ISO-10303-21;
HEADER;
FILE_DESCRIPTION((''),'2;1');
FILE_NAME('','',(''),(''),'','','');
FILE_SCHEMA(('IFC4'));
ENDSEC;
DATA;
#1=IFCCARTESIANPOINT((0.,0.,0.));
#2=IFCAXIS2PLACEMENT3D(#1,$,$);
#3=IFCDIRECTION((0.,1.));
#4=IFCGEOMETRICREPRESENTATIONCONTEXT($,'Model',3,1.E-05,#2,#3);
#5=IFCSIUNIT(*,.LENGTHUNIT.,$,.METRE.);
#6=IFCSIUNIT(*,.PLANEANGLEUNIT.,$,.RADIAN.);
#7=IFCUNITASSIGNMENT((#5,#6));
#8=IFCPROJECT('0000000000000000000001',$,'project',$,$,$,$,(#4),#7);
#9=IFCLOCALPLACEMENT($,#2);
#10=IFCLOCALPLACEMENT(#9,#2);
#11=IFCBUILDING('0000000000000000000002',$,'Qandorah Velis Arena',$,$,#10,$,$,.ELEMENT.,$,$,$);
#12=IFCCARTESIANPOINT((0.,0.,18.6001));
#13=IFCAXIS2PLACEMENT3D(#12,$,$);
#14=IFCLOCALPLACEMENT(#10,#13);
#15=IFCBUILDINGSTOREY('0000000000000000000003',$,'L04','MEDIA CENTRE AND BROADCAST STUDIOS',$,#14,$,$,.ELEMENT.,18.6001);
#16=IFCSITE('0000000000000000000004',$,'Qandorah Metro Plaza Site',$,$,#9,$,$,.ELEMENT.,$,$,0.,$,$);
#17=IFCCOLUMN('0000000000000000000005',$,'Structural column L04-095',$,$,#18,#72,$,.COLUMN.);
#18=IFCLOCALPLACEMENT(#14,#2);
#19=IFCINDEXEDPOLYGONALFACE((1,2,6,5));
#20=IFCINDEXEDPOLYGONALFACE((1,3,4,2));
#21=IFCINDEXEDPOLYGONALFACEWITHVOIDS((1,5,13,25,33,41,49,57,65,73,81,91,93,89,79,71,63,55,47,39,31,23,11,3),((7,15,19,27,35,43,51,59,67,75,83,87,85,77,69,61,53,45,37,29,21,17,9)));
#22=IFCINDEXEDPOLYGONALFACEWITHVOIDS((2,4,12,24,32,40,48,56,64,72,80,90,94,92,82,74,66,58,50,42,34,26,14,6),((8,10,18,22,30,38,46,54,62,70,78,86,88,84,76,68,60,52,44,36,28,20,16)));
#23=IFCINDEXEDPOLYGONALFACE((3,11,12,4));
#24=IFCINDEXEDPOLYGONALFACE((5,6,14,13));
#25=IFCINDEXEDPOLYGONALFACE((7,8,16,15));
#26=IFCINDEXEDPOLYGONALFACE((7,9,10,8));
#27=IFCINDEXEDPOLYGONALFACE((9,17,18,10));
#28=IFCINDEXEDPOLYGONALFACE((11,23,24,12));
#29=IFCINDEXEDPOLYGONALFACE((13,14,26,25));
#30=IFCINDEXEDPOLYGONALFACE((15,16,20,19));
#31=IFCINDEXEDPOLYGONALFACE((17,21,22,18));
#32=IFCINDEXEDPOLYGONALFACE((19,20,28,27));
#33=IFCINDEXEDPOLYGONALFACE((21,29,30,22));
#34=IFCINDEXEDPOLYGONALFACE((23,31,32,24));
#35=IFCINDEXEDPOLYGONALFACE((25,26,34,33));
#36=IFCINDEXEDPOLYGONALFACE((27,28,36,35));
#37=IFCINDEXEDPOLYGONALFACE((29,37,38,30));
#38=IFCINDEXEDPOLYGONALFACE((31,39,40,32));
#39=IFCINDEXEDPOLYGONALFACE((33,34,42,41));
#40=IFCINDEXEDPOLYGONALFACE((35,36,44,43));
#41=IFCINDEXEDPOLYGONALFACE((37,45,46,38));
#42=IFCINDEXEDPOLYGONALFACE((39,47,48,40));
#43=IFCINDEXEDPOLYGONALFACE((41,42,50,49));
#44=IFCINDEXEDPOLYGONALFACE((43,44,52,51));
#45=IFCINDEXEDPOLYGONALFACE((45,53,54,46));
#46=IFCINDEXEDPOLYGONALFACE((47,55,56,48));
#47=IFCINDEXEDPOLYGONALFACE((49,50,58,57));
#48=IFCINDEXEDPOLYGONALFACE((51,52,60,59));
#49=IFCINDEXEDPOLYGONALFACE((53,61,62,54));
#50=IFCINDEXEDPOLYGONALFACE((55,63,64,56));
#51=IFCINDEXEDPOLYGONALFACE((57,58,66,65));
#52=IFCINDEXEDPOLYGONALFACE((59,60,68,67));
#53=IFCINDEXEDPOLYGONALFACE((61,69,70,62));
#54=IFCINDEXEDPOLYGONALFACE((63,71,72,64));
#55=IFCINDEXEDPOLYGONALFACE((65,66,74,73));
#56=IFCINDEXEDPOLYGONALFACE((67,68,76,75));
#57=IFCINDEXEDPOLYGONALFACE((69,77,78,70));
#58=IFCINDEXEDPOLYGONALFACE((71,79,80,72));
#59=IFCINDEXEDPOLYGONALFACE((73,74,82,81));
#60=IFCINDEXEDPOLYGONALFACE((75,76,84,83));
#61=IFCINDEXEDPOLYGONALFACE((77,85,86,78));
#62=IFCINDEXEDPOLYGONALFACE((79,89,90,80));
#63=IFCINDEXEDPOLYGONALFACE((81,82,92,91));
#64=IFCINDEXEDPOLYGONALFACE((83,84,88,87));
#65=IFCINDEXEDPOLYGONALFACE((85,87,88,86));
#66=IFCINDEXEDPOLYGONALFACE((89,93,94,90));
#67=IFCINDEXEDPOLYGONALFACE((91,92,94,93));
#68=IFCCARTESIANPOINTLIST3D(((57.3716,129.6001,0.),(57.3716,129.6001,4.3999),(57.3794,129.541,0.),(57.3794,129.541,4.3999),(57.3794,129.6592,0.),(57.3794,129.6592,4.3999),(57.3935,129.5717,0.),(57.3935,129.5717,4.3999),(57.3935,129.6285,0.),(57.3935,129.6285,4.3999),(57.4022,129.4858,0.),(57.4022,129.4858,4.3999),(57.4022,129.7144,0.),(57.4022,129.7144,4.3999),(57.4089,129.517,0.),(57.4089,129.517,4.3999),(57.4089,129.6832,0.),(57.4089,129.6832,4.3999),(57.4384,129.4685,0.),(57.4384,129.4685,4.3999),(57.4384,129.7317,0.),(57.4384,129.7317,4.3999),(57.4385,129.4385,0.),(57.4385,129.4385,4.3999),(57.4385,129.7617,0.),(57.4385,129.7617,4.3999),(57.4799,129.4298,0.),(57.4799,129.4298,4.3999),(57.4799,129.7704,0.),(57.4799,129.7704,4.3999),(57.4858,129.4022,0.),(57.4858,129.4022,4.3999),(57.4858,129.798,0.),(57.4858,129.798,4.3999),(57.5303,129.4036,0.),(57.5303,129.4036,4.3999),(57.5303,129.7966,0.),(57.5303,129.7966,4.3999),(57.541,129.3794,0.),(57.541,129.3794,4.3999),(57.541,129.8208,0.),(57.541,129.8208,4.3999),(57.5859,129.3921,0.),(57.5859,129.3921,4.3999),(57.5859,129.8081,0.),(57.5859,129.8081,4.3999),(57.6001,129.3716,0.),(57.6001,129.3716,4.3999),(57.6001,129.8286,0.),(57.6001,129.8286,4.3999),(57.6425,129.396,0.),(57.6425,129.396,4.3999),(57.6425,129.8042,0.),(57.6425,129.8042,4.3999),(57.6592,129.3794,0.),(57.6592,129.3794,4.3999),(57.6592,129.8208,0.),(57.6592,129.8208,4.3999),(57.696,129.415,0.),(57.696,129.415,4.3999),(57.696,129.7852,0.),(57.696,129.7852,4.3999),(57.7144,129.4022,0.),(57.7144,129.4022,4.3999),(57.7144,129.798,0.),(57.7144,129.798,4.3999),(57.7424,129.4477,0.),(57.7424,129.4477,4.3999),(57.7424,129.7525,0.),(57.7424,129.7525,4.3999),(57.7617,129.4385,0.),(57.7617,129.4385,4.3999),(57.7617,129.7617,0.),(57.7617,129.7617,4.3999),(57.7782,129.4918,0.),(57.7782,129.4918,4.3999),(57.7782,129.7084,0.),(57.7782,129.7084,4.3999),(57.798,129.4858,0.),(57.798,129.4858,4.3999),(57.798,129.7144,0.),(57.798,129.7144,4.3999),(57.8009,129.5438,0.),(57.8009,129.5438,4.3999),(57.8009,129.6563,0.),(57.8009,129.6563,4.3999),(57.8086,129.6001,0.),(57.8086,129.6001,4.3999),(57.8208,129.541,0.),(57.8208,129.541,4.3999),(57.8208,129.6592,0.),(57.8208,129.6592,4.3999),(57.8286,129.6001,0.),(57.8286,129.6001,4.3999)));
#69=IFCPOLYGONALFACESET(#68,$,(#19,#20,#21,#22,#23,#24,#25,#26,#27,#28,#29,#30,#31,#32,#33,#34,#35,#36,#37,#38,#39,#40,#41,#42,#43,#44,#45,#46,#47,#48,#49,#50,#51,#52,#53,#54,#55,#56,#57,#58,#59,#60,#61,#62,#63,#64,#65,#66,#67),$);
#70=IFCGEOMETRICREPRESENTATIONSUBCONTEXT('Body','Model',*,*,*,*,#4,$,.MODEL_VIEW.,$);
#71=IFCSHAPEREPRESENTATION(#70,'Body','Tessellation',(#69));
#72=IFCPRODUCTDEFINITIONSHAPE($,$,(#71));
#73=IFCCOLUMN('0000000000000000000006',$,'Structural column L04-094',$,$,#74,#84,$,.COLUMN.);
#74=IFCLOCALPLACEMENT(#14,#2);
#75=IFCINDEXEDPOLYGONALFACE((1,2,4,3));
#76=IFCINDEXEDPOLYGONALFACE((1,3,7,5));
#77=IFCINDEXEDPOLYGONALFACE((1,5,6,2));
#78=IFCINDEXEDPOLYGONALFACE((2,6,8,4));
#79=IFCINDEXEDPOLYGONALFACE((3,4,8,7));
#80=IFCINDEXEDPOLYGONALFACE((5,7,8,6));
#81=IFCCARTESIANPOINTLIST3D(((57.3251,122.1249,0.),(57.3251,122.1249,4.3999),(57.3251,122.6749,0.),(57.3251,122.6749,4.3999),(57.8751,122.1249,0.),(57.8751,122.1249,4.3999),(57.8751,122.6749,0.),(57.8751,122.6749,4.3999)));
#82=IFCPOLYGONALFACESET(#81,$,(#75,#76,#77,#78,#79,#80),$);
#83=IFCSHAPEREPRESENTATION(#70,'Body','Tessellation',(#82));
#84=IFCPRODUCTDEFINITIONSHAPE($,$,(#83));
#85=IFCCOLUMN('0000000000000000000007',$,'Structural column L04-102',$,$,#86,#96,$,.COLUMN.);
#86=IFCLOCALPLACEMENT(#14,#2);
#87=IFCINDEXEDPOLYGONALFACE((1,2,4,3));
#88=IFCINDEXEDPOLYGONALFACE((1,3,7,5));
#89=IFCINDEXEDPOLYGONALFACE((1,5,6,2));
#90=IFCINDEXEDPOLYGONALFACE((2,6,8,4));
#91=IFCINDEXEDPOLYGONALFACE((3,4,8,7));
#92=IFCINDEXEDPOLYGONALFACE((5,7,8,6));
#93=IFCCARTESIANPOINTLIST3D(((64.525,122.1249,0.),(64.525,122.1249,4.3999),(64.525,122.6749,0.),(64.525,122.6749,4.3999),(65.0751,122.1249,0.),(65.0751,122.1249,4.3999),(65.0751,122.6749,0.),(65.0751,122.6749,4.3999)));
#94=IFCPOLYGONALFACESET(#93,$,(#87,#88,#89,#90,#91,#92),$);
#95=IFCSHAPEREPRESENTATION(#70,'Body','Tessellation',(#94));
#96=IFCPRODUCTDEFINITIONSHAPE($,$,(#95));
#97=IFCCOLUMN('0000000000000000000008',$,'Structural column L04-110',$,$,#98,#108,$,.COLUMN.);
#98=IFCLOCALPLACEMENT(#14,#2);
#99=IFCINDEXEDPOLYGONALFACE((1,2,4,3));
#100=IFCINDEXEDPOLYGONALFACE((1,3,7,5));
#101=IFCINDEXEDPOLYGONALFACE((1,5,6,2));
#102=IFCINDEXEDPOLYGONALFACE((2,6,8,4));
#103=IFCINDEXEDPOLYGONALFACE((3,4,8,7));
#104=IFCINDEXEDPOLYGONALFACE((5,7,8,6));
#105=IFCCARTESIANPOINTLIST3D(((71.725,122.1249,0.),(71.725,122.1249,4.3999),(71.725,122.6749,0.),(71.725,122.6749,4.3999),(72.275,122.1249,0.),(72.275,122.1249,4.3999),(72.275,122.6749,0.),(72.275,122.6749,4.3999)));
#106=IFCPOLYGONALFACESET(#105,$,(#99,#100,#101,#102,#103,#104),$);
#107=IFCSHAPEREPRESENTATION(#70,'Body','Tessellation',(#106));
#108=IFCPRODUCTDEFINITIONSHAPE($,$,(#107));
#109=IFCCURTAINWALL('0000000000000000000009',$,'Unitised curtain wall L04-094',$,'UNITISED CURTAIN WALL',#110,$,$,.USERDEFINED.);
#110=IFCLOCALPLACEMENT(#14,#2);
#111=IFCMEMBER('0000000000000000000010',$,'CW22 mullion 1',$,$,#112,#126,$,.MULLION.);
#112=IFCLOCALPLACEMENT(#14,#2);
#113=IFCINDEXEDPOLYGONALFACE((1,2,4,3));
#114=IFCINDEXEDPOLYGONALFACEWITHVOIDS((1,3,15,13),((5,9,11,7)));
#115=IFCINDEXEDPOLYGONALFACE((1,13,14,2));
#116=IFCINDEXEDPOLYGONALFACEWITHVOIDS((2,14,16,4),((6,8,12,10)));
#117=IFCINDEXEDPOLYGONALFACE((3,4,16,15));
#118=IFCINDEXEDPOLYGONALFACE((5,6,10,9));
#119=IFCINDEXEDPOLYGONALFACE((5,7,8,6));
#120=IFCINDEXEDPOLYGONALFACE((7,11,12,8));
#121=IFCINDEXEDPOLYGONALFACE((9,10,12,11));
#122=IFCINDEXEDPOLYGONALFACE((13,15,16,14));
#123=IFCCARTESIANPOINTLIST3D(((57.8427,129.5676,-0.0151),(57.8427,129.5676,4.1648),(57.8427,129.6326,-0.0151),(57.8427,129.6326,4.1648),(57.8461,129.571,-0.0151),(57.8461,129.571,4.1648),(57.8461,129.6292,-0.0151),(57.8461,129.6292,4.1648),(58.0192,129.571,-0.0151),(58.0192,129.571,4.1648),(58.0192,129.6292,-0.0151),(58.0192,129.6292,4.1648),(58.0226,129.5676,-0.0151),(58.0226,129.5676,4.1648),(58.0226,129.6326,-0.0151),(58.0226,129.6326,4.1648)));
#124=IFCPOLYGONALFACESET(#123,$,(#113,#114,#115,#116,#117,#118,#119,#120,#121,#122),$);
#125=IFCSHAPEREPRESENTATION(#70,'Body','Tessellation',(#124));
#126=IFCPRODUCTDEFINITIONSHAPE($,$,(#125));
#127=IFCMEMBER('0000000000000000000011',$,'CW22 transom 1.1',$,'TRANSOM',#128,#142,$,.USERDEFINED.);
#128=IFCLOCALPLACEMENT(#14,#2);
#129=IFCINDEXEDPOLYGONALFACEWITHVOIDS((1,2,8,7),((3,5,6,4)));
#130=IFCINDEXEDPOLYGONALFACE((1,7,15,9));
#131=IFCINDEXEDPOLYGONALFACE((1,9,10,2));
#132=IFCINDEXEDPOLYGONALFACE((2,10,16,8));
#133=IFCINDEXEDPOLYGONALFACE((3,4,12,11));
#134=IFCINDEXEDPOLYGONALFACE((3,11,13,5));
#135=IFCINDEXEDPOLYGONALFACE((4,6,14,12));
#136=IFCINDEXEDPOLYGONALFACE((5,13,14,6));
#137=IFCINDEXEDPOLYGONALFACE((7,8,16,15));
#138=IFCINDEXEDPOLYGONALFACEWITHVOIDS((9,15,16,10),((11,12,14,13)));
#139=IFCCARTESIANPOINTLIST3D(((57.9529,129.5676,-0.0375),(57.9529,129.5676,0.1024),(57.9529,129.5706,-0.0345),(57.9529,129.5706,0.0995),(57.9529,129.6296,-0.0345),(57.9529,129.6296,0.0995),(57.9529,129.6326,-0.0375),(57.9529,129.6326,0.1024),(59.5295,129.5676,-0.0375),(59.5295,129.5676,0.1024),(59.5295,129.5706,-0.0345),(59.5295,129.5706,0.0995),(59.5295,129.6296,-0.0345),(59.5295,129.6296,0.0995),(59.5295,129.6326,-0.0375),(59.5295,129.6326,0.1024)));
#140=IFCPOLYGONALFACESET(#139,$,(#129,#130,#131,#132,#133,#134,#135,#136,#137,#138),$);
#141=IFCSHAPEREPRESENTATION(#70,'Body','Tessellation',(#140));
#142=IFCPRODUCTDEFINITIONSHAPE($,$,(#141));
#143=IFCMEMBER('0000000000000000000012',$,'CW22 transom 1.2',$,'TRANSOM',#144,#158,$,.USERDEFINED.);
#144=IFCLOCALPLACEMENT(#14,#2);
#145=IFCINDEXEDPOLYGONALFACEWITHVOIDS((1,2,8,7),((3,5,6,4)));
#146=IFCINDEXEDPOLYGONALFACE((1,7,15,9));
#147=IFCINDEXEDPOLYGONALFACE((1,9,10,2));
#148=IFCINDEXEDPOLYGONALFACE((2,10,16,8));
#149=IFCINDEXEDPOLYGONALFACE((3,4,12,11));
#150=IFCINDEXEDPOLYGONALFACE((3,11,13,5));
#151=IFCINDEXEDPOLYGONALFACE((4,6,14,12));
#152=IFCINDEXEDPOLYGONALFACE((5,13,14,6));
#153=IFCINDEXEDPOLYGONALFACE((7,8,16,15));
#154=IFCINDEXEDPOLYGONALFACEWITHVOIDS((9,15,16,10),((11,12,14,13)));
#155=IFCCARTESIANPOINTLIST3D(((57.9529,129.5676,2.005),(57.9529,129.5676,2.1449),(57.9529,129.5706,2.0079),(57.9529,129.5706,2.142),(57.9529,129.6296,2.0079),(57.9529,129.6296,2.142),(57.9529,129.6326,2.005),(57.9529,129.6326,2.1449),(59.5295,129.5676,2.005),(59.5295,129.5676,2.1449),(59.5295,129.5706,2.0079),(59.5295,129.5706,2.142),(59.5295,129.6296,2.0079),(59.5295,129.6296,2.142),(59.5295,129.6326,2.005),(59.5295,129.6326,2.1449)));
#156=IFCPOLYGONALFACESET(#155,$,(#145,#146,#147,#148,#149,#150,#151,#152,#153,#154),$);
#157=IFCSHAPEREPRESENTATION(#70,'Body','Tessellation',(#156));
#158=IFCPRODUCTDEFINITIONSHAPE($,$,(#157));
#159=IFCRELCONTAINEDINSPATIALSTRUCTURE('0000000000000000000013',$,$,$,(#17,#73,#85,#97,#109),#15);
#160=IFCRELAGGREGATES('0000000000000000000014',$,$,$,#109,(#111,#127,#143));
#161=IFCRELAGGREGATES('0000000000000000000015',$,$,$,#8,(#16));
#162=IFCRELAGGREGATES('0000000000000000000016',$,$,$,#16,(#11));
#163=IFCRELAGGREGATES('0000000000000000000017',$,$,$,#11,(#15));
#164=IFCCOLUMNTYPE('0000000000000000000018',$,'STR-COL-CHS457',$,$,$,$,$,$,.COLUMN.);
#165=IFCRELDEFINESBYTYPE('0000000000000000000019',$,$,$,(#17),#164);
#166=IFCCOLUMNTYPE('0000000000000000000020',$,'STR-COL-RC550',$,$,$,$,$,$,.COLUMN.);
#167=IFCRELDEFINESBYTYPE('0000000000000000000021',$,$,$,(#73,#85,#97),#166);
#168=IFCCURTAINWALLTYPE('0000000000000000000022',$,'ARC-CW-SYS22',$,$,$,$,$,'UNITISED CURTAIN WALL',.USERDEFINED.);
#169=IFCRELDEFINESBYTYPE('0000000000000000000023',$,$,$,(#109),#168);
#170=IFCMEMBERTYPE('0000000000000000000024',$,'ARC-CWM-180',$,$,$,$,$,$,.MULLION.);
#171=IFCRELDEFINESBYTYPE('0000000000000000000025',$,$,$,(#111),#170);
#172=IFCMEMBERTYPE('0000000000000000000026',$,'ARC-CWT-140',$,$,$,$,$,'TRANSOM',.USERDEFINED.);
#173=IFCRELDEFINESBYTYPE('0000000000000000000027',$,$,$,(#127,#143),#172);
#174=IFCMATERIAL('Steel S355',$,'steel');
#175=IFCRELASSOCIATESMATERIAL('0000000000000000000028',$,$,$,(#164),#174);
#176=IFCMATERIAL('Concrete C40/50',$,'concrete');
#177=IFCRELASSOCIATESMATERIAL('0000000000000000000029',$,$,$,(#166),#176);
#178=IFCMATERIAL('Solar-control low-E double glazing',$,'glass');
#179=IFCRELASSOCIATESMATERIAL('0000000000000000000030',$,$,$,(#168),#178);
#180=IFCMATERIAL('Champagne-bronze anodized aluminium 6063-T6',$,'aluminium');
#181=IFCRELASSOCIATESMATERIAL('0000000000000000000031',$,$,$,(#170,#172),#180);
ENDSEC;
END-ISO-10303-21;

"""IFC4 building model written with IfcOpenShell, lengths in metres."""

from ifc_helpers import new_model, si_unit, direction, frame, origin, origin_2d, place, context, subcontext, project, spatial, rectangle, hollow_rectangle, hollow_circle, extrude, material, material_profile, profile_set, type_object, element, aggregate, save


model = new_model("IFC4")

# Units and contexts
model_context = context("Model", 3, precision=1e-05, world=origin(), true_north=direction((0.0, 1.0)))
body_context = subcontext(model_context, "Body", "Model", "MODEL_VIEW")
ifc_project = project(units=[si_unit("LENGTHUNIT", "METRE"), si_unit("PLANEANGLEUNIT", "RADIAN")], contexts=[model_context])

# Site, building, storey
site_placement = place(None, origin())
site = spatial("IfcSite", under=ifc_project, at=site_placement, Name="Qandorah Metro Plaza Site", CompositionType="ELEMENT", RefElevation=0.0)
building_placement = place(site_placement, origin())
building = spatial("IfcBuilding", under=site, at=building_placement, Name="Qandorah Velis Arena", CompositionType="ELEMENT")
storey_placement = place(building_placement, frame((0.0, 0.0, 18.6001)))
storey = spatial("IfcBuildingStorey", under=building, at=storey_placement, Name="L04", Description="MEDIA CENTRE AND BROADCAST STUDIOS", CompositionType="ELEMENT", Elevation=18.6001)

# Columns
ifc_material_1 = material(Name="Steel S355", Category="steel")
ifc_material_profile_1 = material_profile(ifc_material_1, hollow_circle(Radius=0.2285, WallThickness=0.02, at=origin_2d()), Name="CHS 457x20")
ifc_profile_set_1 = profile_set([ifc_material_profile_1], Name="Steel S355")
column_type_1 = type_object("IfcColumnType", Name="STR-COL-CHS457", PredefinedType="COLUMN", material=ifc_profile_set_1)
column_placement = place(storey_placement, frame((57.6001, 129.6001, 0.0), z_axis=(0.0, 0.0, 1.0), x_axis=(1.0, 0.0, 0.0)))
element("IfcColumn", 1, at=column_placement, inside=storey, type_object=column_type_1, Name="Structural column L04-095", PredefinedType="COLUMN", context=body_context, shape_type="SweptSolid", body=[
    extrude(hollow_circle(Radius=0.2285, WallThickness=0.02, at=origin_2d()), origin(), (0.0, 0.0, 1.0), 4.3999),
])
ifc_material_2 = material(Name="Concrete C40/50", Category="concrete")
ifc_material_profile_2 = material_profile(ifc_material_2, rectangle(XDim=0.55, YDim=0.55, at=origin_2d()), Name="RC COL 550x550")
ifc_profile_set_2 = profile_set([ifc_material_profile_2], Name="Concrete C40/50")
column_type_2 = type_object("IfcColumnType", Name="STR-COL-RC550", PredefinedType="COLUMN", material=ifc_profile_set_2)
for number, where, z_axis, x_axis, name in (
    (2, (57.6001, 122.3999, 0.0), (0.0, 0.0, 1.0), (1.0, 0.0, 0.0), "Structural column L04-094"),
    (3, (64.8, 122.3999, 0.0), (0.0, 0.0, 1.0), (1.0, 0.0, 0.0), "Structural column L04-102"),
    (4, (72.0, 122.3999, 0.0), (0.0, 0.0, 1.0), (1.0, 0.0, 0.0), "Structural column L04-110"),
):
    element("IfcColumn", number, at=place(storey_placement, frame(where, z_axis=z_axis, x_axis=x_axis)), inside=storey, type_object=column_type_2, Name=name, PredefinedType="COLUMN", context=body_context, shape_type="SweptSolid", body=[
        extrude(rectangle(XDim=0.55, YDim=0.55, at=origin_2d()), origin(), (0.0, 0.0, 1.0), 4.3999),
    ])

# Curtain wall, members
ifc_material_3 = material(Name="Solar-control low-E double glazing", Category="glass")
curtain_wall_type = type_object("IfcCurtainWallType", Name="ARC-CW-SYS22", ElementType="UNITISED CURTAIN WALL", PredefinedType="USERDEFINED", material=ifc_material_3)
curtain_wall_placement = place(storey_placement, origin())
curtain_wall = element("IfcCurtainWall", 5, at=curtain_wall_placement, inside=storey, type_object=curtain_wall_type, Name="Unitised curtain wall L04-094", ObjectType="UNITISED CURTAIN WALL", PredefinedType="USERDEFINED")
ifc_material_4 = material(Name="Champagne-bronze anodized aluminium 6063-T6", Category="aluminium")
ifc_material_profile_3 = material_profile(ifc_material_4, hollow_rectangle(XDim=0.0649, YDim=0.1799, WallThickness=0.0034, at=origin_2d()), Name="ALU MULLION 65x180")
ifc_profile_set_3 = profile_set([ifc_material_profile_3], Name="Champagne-bronze anodized aluminium 6063-T6")
member_type_1 = type_object("IfcMemberType", Name="ARC-CWM-180", PredefinedType="MULLION", material=ifc_profile_set_3)
member_1_placement = place(storey_placement, frame((57.9326, 129.6001, -0.0151), z_axis=(0.0, 0.0, 1.0), x_axis=(0.0, 1.0, 0.0)))
member_1 = element("IfcMember", 6, at=member_1_placement, type_object=member_type_1, Name="CW22 mullion 1", PredefinedType="MULLION", context=body_context, shape_type="SweptSolid", body=[
    extrude(hollow_rectangle(XDim=0.0649, YDim=0.1799, WallThickness=0.0034, at=origin_2d()), origin(), (0.0, 0.0, 1.0), 4.1799),
])
ifc_material_profile_4 = material_profile(ifc_material_4, hollow_rectangle(XDim=0.0649, YDim=0.1399, WallThickness=0.0029, at=origin_2d()), Name="ALU TRANSOM 65x140")
ifc_profile_set_4 = profile_set([ifc_material_profile_4], Name="Champagne-bronze anodized aluminium 6063-T6")
member_type_2 = type_object("IfcMemberType", Name="ARC-CWT-140", ElementType="TRANSOM", PredefinedType="USERDEFINED", material=ifc_profile_set_4)
member_2_placement = place(storey_placement, frame((57.9529, 129.6001, 0.0325), z_axis=(1.0, 0.0, 0.0), x_axis=(0.0, 1.0, 0.0)))
member_2 = element("IfcMember", 7, at=member_2_placement, type_object=member_type_2, Name="CW22 transom 1.1", ObjectType="TRANSOM", PredefinedType="USERDEFINED", context=body_context, shape_type="SweptSolid", body=[
    extrude(hollow_rectangle(XDim=0.0649, YDim=0.1399, WallThickness=0.0029, at=origin_2d()), origin(), (0.0, 0.0, 1.0), 1.5767),
])
member_3_placement = place(storey_placement, frame((57.9529, 129.6001, 2.075), z_axis=(1.0, 0.0, 0.0), x_axis=(0.0, 1.0, 0.0)))
member_3 = element("IfcMember", 8, at=member_3_placement, type_object=member_type_2, Name="CW22 transom 1.2", ObjectType="TRANSOM", PredefinedType="USERDEFINED", context=body_context, shape_type="SweptSolid", body=[
    extrude(hollow_rectangle(XDim=0.0649, YDim=0.1399, WallThickness=0.0029, at=origin_2d()), origin(), (0.0, 0.0, 1.0), 1.5767),
])
aggregate(curtain_wall, [member_1, member_2, member_3])

save(model, "model.ifc")
